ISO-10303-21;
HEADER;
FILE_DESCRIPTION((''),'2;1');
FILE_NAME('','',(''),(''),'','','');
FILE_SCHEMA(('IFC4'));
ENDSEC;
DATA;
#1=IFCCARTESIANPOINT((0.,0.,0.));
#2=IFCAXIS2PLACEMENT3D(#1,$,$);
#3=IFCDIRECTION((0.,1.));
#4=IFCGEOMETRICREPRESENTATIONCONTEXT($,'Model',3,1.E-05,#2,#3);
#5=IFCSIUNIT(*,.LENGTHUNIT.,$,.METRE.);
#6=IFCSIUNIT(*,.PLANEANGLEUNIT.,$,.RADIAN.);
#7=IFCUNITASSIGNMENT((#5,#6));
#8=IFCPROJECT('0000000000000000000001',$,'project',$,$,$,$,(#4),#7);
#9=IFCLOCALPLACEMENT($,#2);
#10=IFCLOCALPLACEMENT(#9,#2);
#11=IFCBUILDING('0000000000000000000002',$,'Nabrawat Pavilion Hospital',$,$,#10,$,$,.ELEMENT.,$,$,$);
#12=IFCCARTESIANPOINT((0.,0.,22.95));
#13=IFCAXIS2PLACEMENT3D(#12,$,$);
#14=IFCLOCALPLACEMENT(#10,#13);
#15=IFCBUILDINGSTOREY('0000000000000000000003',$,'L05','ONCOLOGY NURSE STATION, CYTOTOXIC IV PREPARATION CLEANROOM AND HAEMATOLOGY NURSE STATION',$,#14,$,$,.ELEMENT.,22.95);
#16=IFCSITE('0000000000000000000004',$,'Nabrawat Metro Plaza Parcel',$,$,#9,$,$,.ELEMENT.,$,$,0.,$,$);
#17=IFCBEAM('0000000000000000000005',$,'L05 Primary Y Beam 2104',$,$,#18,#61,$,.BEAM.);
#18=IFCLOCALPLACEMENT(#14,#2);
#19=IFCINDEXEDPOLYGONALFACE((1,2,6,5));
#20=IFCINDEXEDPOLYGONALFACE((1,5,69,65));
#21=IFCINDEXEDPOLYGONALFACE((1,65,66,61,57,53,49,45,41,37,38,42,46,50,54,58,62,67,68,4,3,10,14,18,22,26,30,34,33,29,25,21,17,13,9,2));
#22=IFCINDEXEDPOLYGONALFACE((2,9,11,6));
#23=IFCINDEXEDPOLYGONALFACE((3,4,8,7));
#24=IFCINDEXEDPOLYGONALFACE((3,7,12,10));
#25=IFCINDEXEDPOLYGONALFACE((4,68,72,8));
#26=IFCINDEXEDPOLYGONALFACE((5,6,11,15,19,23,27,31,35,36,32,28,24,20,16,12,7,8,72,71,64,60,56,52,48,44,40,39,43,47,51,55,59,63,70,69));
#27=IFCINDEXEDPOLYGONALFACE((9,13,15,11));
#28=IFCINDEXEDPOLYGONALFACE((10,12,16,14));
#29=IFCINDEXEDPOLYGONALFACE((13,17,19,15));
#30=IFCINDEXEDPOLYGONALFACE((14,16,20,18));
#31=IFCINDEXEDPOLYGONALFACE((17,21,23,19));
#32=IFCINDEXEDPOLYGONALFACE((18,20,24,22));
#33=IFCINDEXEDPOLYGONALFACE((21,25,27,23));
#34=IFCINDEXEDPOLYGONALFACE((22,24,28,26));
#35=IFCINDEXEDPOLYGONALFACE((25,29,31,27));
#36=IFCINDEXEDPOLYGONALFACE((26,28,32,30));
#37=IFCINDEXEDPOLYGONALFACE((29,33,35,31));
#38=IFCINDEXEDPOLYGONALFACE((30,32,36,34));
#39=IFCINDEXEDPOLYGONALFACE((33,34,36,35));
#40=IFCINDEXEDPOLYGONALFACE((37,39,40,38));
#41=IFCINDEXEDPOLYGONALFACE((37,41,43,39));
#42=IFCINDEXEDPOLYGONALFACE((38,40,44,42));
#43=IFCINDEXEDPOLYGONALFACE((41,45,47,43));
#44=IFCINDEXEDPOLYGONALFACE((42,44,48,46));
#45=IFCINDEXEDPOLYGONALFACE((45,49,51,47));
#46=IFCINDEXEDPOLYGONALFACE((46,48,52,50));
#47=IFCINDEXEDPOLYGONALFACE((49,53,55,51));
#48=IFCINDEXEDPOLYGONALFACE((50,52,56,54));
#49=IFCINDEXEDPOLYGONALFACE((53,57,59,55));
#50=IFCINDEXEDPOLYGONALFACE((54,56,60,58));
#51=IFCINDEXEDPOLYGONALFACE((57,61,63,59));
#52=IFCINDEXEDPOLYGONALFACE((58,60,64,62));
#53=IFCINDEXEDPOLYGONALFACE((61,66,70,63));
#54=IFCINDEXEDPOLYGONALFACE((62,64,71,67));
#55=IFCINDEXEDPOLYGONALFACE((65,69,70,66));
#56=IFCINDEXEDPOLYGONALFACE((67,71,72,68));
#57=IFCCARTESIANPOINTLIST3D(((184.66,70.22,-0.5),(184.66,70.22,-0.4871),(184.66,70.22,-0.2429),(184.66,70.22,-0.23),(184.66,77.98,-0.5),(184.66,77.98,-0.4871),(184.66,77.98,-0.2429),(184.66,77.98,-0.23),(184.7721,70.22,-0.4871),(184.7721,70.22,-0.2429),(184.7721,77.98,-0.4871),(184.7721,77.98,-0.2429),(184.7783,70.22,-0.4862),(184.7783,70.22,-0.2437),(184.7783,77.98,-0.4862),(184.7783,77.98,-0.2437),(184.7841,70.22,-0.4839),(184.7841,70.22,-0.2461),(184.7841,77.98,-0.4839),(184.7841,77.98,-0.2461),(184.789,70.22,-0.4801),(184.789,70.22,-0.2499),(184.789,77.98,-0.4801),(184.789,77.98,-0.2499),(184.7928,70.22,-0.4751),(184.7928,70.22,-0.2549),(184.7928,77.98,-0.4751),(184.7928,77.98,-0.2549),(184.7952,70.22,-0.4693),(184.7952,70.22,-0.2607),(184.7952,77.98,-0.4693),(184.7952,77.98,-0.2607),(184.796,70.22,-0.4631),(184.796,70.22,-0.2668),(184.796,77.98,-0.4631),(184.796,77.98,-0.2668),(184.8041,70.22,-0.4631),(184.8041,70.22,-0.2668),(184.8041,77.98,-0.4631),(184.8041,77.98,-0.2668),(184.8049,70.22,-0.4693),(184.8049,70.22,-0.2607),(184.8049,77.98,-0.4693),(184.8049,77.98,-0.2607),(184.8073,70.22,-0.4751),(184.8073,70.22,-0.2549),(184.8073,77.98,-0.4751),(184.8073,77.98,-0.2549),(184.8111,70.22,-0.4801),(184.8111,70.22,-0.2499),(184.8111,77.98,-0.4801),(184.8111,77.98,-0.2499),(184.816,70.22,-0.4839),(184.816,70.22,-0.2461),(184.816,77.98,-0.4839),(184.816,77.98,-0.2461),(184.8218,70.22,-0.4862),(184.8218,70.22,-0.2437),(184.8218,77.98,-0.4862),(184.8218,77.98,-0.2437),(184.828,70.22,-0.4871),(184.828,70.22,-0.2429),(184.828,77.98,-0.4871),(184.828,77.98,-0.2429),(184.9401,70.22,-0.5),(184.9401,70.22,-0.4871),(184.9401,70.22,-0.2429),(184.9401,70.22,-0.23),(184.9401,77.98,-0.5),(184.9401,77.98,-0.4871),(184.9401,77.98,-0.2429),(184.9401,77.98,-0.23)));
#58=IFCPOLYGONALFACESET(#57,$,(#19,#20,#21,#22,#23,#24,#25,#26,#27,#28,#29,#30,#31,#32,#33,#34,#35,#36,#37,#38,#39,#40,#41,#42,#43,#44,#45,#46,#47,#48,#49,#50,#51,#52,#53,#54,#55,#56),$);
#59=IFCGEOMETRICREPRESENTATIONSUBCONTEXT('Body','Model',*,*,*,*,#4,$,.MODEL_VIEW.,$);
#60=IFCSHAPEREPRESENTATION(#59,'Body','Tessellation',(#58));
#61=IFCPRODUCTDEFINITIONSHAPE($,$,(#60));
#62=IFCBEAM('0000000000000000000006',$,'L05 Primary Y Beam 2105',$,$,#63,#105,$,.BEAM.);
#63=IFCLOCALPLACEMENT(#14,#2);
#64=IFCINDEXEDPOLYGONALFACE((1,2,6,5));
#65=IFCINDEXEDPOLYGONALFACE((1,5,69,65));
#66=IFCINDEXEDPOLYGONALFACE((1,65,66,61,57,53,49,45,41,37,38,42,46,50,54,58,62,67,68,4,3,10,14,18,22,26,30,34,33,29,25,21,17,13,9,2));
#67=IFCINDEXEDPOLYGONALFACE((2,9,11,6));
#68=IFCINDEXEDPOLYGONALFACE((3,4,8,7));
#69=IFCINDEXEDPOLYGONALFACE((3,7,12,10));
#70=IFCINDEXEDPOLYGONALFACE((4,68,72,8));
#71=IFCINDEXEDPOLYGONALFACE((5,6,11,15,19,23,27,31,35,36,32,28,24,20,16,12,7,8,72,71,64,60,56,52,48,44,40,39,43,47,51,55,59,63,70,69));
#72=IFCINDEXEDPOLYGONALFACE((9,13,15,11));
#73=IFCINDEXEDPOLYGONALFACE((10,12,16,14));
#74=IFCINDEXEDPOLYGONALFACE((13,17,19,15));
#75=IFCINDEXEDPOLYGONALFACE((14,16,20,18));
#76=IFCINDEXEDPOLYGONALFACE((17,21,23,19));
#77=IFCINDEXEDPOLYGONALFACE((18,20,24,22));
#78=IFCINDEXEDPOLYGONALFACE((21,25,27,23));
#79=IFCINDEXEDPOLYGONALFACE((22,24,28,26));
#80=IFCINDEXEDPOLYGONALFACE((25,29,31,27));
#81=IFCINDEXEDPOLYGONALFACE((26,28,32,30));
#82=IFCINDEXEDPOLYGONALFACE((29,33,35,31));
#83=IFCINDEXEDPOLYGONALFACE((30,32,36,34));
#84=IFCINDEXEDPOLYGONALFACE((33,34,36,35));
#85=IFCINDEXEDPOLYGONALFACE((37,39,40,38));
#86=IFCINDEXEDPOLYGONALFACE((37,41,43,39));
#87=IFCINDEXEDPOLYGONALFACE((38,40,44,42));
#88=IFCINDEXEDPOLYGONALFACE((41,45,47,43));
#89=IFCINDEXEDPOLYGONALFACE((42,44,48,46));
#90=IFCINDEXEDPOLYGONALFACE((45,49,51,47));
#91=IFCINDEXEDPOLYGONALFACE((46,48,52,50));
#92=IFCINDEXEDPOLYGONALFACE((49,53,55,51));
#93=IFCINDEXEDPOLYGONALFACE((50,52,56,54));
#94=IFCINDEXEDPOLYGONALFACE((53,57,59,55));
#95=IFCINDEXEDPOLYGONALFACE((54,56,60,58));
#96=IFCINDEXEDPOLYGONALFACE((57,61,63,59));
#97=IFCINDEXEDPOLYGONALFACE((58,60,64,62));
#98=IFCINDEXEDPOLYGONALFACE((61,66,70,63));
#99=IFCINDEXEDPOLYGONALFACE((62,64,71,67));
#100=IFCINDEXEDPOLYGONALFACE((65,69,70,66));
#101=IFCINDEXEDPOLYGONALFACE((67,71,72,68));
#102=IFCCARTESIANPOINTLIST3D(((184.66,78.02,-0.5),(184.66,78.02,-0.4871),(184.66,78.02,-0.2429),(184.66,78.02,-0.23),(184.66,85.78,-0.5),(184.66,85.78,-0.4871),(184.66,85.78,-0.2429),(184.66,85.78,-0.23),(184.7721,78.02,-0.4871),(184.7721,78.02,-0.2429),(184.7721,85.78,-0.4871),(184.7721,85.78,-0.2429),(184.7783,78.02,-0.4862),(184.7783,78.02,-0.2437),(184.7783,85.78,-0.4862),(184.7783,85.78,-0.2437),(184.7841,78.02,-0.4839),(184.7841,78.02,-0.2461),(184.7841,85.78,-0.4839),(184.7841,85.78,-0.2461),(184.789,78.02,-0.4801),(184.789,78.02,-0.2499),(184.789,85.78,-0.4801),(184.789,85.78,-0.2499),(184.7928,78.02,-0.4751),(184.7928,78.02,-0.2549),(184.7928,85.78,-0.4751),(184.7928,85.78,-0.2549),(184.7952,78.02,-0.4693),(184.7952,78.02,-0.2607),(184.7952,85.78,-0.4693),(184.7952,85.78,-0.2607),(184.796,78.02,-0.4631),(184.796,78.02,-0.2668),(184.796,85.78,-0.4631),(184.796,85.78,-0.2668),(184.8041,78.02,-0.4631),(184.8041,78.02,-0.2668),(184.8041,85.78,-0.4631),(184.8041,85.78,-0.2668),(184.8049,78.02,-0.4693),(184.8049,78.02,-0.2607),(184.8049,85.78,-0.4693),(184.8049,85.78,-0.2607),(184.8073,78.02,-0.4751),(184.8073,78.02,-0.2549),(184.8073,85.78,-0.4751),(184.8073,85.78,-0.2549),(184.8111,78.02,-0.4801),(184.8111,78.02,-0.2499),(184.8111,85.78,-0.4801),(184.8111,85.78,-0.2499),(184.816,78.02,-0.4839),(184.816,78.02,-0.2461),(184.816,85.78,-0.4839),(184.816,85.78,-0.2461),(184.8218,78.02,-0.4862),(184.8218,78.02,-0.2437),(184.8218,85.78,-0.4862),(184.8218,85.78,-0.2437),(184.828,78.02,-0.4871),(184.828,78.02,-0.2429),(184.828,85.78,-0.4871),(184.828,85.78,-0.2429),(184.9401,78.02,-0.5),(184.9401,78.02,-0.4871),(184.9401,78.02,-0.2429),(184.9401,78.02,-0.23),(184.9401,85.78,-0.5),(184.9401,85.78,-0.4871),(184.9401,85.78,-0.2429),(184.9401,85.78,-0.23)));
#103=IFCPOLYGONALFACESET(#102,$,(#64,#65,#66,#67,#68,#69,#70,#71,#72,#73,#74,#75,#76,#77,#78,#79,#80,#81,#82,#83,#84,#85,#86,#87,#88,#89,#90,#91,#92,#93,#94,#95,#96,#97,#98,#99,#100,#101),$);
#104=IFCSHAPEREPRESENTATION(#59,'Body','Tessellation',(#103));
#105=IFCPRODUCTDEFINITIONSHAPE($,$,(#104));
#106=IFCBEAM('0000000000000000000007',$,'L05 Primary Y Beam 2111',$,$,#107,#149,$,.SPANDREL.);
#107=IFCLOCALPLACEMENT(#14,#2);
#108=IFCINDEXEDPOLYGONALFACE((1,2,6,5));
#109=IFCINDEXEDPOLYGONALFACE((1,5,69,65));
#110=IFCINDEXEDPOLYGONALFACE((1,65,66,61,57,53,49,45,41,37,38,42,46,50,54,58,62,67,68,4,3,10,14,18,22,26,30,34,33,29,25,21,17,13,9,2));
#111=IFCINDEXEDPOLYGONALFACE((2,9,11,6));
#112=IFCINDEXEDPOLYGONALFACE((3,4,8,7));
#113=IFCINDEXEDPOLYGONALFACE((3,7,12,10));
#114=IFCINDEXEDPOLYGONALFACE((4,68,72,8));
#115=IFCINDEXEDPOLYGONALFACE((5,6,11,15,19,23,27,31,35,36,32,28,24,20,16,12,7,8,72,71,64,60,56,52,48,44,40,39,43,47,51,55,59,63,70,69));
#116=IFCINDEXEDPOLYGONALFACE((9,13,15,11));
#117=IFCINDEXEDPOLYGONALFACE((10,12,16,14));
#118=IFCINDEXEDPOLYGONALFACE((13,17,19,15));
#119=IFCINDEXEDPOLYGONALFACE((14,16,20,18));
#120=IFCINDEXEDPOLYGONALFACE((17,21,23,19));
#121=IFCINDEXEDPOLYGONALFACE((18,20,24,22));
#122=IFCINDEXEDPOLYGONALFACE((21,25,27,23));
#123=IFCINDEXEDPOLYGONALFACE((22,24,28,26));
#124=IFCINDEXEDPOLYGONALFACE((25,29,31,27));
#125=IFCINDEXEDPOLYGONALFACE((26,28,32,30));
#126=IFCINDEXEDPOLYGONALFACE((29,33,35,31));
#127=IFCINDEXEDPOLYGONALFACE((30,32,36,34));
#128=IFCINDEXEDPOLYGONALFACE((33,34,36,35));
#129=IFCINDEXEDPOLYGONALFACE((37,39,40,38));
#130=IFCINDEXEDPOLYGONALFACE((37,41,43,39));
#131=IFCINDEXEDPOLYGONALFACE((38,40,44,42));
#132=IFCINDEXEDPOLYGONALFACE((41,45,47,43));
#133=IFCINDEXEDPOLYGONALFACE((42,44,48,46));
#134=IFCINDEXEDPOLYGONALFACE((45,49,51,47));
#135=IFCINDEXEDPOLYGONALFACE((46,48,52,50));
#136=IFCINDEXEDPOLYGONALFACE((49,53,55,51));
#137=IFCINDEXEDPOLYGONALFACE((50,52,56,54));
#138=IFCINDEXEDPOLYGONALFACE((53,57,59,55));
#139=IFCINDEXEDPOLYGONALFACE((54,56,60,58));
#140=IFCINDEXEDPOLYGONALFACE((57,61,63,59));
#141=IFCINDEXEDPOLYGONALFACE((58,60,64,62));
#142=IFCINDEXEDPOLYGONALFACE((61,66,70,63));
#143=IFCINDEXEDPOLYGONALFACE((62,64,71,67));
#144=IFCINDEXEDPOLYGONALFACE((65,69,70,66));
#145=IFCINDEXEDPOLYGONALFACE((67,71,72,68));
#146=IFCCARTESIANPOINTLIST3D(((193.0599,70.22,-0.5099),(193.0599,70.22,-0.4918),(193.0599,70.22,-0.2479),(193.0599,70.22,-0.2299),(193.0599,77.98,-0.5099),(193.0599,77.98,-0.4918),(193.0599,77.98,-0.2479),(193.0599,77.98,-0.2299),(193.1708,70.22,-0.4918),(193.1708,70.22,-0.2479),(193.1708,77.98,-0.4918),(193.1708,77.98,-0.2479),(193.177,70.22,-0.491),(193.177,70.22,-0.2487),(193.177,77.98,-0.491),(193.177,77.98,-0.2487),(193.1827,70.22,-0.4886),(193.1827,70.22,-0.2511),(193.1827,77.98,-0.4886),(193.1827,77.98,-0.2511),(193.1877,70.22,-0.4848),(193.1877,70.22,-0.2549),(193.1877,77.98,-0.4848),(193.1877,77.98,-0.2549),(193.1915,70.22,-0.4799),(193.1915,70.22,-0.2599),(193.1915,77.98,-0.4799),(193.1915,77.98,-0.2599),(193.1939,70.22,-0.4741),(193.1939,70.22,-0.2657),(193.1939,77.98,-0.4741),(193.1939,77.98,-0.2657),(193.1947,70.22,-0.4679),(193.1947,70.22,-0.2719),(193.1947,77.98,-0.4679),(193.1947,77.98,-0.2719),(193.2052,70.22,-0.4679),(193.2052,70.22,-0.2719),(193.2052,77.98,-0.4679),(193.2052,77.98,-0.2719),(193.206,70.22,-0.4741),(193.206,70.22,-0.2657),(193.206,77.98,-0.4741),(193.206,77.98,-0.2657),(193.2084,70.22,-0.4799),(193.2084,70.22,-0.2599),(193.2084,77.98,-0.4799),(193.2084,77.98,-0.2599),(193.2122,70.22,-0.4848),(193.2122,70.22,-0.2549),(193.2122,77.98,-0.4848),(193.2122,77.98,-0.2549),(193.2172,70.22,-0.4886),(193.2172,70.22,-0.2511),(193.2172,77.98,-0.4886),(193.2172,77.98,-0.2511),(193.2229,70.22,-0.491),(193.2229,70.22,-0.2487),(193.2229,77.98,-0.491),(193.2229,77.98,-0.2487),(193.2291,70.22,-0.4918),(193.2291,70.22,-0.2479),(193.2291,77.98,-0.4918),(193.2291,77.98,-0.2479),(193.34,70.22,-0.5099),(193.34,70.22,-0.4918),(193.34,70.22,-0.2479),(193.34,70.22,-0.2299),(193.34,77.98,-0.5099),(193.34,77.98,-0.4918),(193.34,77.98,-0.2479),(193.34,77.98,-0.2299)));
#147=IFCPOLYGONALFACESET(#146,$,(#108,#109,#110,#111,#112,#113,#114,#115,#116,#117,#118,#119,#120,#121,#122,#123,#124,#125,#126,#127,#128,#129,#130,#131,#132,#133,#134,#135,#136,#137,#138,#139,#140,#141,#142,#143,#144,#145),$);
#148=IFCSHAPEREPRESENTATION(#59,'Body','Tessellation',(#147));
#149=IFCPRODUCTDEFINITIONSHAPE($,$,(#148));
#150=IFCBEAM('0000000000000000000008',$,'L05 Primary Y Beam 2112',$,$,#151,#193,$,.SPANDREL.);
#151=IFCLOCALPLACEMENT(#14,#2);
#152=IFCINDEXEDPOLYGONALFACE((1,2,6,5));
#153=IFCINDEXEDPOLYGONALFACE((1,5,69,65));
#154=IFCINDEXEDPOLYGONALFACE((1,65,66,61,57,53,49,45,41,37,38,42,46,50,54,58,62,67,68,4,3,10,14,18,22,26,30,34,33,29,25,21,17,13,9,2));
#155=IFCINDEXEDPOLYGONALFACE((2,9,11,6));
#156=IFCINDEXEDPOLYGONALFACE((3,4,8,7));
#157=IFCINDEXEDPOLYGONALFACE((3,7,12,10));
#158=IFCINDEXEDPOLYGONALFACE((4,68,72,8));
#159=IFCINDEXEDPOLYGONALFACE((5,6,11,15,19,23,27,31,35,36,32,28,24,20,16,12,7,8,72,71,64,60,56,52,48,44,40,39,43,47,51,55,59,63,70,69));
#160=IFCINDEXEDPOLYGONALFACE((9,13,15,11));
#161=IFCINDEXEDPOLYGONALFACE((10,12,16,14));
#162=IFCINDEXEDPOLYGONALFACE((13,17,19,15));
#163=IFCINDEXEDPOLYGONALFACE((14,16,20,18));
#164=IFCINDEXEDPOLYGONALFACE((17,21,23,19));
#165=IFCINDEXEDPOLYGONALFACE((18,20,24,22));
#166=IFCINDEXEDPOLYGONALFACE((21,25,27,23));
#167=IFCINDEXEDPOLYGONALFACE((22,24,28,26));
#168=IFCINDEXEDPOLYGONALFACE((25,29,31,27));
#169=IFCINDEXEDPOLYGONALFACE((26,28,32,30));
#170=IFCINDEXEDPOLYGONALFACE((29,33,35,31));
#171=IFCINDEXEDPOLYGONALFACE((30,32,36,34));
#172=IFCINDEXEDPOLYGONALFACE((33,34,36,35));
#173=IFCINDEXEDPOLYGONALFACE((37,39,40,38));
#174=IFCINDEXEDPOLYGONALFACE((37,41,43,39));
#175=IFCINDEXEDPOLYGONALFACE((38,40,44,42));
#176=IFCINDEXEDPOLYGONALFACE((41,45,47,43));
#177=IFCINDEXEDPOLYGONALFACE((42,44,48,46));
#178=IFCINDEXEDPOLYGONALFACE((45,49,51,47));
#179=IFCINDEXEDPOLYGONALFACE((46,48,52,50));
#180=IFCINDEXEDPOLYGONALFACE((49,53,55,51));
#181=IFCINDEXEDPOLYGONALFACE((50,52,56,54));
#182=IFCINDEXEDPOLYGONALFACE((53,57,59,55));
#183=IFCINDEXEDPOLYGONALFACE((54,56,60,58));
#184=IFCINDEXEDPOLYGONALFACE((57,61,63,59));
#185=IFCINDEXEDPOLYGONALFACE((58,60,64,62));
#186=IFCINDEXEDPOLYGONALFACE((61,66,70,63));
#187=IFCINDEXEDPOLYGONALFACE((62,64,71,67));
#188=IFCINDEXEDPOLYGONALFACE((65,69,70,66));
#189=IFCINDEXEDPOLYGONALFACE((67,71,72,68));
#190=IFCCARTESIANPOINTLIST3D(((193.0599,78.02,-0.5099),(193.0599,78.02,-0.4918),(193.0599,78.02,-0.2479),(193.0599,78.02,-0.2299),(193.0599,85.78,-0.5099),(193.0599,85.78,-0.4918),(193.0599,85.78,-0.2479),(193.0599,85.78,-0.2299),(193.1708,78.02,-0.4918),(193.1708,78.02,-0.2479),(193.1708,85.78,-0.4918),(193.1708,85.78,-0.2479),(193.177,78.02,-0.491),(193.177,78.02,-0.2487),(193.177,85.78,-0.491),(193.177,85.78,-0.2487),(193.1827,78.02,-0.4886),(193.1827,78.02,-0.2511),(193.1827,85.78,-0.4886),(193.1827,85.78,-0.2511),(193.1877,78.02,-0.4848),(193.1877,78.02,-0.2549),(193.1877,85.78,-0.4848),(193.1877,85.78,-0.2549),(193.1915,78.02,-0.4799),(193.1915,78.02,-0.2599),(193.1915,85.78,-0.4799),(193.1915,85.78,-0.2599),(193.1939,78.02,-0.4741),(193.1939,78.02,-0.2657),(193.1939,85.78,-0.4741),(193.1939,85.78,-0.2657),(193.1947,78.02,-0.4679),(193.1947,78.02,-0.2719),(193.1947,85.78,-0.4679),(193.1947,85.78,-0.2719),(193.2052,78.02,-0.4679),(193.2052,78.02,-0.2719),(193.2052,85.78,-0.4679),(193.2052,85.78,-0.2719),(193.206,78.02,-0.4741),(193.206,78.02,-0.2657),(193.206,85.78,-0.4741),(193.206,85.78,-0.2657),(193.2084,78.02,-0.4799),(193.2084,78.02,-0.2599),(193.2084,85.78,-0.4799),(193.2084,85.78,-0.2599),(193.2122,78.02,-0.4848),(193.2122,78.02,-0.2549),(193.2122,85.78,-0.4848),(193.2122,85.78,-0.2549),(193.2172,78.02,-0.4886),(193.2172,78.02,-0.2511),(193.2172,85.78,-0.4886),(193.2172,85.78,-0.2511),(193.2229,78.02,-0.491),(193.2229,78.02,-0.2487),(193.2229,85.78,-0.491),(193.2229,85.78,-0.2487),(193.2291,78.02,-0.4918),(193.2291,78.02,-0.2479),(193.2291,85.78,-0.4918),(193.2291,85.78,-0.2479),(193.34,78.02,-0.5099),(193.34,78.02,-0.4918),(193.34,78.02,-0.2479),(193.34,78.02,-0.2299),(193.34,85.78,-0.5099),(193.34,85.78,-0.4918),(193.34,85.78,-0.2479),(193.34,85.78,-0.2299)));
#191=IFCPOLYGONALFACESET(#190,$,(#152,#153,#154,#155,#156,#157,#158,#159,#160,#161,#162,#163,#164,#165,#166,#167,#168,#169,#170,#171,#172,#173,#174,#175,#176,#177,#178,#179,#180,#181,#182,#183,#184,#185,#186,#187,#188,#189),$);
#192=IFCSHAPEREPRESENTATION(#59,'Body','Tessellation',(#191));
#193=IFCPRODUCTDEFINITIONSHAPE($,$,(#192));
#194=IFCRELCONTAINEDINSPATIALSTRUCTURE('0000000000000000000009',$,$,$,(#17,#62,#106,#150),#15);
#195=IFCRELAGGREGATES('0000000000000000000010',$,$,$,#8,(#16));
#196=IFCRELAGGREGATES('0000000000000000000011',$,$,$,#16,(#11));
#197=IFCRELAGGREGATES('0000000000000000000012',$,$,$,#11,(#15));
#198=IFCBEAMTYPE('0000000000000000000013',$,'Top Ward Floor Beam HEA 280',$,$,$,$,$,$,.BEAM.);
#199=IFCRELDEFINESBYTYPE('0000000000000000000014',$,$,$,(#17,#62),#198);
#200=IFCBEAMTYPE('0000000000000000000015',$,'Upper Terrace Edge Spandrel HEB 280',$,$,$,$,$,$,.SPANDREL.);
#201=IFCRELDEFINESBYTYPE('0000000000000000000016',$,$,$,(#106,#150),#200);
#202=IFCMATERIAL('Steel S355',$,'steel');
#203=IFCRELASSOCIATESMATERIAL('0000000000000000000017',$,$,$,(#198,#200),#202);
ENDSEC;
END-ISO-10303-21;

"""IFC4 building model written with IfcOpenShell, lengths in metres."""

from ifc_helpers import new_model, si_unit, direction, frame, origin, origin_2d, place, context, subcontext, project, spatial, i_section, extrude, material, material_profile, profile_set, type_object, element, save


model = new_model("IFC4")

# Units and contexts
model_context = context("Model", 3, precision=1e-05, world=origin(), true_north=direction((0.0, 1.0)))
body_context = subcontext(model_context, "Body", "Model", "MODEL_VIEW")
ifc_project = project(units=[si_unit("LENGTHUNIT", "METRE"), si_unit("PLANEANGLEUNIT", "RADIAN")], contexts=[model_context])

# Site, building, storey
site_placement = place(None, origin())
site = spatial("IfcSite", under=ifc_project, at=site_placement, Name="Nabrawat Metro Plaza Parcel", CompositionType="ELEMENT", RefElevation=0.0)
building_placement = place(site_placement, origin())
building = spatial("IfcBuilding", under=site, at=building_placement, Name="Nabrawat Pavilion Hospital", CompositionType="ELEMENT")
storey_placement = place(building_placement, frame((0.0, 0.0, 22.95)))
storey = spatial("IfcBuildingStorey", under=building, at=storey_placement, Name="L05", Description="ONCOLOGY NURSE STATION, CYTOTOXIC IV PREPARATION CLEANROOM AND HAEMATOLOGY NURSE STATION", CompositionType="ELEMENT", Elevation=22.95)

# Shared definitions
ifc_material_1 = material(Name="Steel S355", Category="steel")

# Beams
ifc_material_profile_1 = material_profile(ifc_material_1, i_section(OverallWidth=0.28, OverallDepth=0.27, WebThickness=0.0081, FlangeThickness=0.0129, FilletRadius=0.0239, at=origin_2d()), Name="HEA 280")
ifc_profile_set_1 = profile_set([ifc_material_profile_1], Name="Steel S355")
beam_type_1 = type_object("IfcBeamType", Name="Top Ward Floor Beam HEA 280", PredefinedType="BEAM", material=ifc_profile_set_1)
for number, where, z_axis, x_axis, name in (
    (1, (184.8, 70.22, -0.365), (0.0, 1.0, 0.0), (-1.0, 0.0, 0.0), "L05 Primary Y Beam 2104"),
    (2, (184.8, 78.02, -0.365), (0.0, 1.0, 0.0), (-1.0, 0.0, 0.0), "L05 Primary Y Beam 2105"),
):
    element("IfcBeam", number, at=place(storey_placement, frame(where, z_axis=z_axis, x_axis=x_axis)), inside=storey, type_object=beam_type_1, Name=name, PredefinedType="BEAM", context=body_context, shape_type="SweptSolid", body=[
        extrude(i_section(OverallWidth=0.28, OverallDepth=0.27, WebThickness=0.0081, FlangeThickness=0.0129, FilletRadius=0.0239, at=origin_2d()), origin(), (0.0, 0.0, 1.0), 7.76),
    ])
ifc_material_profile_2 = material_profile(ifc_material_1, i_section(OverallWidth=0.28, OverallDepth=0.28, WebThickness=0.0105, FlangeThickness=0.0181, FilletRadius=0.0239, at=origin_2d()), Name="HEB 280")
ifc_profile_set_2 = profile_set([ifc_material_profile_2], Name="Steel S355")
beam_type_2 = type_object("IfcBeamType", Name="Upper Terrace Edge Spandrel HEB 280", PredefinedType="SPANDREL", material=ifc_profile_set_2)
for number, where, z_axis, x_axis, name in (
    (3, (193.2, 70.22, -0.3699), (0.0, 1.0, 0.0), (-1.0, 0.0, 0.0), "L05 Primary Y Beam 2111"),
    (4, (193.2, 78.02, -0.3699), (0.0, 1.0, 0.0), (-1.0, 0.0, 0.0), "L05 Primary Y Beam 2112"),
):
    element("IfcBeam", number, at=place(storey_placement, frame(where, z_axis=z_axis, x_axis=x_axis)), inside=storey, type_object=beam_type_2, Name=name, PredefinedType="SPANDREL", context=body_context, shape_type="SweptSolid", body=[
        extrude(i_section(OverallWidth=0.28, OverallDepth=0.28, WebThickness=0.0105, FlangeThickness=0.0181, FilletRadius=0.0239, at=origin_2d()), origin(), (0.0, 0.0, 1.0), 7.76),
    ])

save(model, "model.ifc")
